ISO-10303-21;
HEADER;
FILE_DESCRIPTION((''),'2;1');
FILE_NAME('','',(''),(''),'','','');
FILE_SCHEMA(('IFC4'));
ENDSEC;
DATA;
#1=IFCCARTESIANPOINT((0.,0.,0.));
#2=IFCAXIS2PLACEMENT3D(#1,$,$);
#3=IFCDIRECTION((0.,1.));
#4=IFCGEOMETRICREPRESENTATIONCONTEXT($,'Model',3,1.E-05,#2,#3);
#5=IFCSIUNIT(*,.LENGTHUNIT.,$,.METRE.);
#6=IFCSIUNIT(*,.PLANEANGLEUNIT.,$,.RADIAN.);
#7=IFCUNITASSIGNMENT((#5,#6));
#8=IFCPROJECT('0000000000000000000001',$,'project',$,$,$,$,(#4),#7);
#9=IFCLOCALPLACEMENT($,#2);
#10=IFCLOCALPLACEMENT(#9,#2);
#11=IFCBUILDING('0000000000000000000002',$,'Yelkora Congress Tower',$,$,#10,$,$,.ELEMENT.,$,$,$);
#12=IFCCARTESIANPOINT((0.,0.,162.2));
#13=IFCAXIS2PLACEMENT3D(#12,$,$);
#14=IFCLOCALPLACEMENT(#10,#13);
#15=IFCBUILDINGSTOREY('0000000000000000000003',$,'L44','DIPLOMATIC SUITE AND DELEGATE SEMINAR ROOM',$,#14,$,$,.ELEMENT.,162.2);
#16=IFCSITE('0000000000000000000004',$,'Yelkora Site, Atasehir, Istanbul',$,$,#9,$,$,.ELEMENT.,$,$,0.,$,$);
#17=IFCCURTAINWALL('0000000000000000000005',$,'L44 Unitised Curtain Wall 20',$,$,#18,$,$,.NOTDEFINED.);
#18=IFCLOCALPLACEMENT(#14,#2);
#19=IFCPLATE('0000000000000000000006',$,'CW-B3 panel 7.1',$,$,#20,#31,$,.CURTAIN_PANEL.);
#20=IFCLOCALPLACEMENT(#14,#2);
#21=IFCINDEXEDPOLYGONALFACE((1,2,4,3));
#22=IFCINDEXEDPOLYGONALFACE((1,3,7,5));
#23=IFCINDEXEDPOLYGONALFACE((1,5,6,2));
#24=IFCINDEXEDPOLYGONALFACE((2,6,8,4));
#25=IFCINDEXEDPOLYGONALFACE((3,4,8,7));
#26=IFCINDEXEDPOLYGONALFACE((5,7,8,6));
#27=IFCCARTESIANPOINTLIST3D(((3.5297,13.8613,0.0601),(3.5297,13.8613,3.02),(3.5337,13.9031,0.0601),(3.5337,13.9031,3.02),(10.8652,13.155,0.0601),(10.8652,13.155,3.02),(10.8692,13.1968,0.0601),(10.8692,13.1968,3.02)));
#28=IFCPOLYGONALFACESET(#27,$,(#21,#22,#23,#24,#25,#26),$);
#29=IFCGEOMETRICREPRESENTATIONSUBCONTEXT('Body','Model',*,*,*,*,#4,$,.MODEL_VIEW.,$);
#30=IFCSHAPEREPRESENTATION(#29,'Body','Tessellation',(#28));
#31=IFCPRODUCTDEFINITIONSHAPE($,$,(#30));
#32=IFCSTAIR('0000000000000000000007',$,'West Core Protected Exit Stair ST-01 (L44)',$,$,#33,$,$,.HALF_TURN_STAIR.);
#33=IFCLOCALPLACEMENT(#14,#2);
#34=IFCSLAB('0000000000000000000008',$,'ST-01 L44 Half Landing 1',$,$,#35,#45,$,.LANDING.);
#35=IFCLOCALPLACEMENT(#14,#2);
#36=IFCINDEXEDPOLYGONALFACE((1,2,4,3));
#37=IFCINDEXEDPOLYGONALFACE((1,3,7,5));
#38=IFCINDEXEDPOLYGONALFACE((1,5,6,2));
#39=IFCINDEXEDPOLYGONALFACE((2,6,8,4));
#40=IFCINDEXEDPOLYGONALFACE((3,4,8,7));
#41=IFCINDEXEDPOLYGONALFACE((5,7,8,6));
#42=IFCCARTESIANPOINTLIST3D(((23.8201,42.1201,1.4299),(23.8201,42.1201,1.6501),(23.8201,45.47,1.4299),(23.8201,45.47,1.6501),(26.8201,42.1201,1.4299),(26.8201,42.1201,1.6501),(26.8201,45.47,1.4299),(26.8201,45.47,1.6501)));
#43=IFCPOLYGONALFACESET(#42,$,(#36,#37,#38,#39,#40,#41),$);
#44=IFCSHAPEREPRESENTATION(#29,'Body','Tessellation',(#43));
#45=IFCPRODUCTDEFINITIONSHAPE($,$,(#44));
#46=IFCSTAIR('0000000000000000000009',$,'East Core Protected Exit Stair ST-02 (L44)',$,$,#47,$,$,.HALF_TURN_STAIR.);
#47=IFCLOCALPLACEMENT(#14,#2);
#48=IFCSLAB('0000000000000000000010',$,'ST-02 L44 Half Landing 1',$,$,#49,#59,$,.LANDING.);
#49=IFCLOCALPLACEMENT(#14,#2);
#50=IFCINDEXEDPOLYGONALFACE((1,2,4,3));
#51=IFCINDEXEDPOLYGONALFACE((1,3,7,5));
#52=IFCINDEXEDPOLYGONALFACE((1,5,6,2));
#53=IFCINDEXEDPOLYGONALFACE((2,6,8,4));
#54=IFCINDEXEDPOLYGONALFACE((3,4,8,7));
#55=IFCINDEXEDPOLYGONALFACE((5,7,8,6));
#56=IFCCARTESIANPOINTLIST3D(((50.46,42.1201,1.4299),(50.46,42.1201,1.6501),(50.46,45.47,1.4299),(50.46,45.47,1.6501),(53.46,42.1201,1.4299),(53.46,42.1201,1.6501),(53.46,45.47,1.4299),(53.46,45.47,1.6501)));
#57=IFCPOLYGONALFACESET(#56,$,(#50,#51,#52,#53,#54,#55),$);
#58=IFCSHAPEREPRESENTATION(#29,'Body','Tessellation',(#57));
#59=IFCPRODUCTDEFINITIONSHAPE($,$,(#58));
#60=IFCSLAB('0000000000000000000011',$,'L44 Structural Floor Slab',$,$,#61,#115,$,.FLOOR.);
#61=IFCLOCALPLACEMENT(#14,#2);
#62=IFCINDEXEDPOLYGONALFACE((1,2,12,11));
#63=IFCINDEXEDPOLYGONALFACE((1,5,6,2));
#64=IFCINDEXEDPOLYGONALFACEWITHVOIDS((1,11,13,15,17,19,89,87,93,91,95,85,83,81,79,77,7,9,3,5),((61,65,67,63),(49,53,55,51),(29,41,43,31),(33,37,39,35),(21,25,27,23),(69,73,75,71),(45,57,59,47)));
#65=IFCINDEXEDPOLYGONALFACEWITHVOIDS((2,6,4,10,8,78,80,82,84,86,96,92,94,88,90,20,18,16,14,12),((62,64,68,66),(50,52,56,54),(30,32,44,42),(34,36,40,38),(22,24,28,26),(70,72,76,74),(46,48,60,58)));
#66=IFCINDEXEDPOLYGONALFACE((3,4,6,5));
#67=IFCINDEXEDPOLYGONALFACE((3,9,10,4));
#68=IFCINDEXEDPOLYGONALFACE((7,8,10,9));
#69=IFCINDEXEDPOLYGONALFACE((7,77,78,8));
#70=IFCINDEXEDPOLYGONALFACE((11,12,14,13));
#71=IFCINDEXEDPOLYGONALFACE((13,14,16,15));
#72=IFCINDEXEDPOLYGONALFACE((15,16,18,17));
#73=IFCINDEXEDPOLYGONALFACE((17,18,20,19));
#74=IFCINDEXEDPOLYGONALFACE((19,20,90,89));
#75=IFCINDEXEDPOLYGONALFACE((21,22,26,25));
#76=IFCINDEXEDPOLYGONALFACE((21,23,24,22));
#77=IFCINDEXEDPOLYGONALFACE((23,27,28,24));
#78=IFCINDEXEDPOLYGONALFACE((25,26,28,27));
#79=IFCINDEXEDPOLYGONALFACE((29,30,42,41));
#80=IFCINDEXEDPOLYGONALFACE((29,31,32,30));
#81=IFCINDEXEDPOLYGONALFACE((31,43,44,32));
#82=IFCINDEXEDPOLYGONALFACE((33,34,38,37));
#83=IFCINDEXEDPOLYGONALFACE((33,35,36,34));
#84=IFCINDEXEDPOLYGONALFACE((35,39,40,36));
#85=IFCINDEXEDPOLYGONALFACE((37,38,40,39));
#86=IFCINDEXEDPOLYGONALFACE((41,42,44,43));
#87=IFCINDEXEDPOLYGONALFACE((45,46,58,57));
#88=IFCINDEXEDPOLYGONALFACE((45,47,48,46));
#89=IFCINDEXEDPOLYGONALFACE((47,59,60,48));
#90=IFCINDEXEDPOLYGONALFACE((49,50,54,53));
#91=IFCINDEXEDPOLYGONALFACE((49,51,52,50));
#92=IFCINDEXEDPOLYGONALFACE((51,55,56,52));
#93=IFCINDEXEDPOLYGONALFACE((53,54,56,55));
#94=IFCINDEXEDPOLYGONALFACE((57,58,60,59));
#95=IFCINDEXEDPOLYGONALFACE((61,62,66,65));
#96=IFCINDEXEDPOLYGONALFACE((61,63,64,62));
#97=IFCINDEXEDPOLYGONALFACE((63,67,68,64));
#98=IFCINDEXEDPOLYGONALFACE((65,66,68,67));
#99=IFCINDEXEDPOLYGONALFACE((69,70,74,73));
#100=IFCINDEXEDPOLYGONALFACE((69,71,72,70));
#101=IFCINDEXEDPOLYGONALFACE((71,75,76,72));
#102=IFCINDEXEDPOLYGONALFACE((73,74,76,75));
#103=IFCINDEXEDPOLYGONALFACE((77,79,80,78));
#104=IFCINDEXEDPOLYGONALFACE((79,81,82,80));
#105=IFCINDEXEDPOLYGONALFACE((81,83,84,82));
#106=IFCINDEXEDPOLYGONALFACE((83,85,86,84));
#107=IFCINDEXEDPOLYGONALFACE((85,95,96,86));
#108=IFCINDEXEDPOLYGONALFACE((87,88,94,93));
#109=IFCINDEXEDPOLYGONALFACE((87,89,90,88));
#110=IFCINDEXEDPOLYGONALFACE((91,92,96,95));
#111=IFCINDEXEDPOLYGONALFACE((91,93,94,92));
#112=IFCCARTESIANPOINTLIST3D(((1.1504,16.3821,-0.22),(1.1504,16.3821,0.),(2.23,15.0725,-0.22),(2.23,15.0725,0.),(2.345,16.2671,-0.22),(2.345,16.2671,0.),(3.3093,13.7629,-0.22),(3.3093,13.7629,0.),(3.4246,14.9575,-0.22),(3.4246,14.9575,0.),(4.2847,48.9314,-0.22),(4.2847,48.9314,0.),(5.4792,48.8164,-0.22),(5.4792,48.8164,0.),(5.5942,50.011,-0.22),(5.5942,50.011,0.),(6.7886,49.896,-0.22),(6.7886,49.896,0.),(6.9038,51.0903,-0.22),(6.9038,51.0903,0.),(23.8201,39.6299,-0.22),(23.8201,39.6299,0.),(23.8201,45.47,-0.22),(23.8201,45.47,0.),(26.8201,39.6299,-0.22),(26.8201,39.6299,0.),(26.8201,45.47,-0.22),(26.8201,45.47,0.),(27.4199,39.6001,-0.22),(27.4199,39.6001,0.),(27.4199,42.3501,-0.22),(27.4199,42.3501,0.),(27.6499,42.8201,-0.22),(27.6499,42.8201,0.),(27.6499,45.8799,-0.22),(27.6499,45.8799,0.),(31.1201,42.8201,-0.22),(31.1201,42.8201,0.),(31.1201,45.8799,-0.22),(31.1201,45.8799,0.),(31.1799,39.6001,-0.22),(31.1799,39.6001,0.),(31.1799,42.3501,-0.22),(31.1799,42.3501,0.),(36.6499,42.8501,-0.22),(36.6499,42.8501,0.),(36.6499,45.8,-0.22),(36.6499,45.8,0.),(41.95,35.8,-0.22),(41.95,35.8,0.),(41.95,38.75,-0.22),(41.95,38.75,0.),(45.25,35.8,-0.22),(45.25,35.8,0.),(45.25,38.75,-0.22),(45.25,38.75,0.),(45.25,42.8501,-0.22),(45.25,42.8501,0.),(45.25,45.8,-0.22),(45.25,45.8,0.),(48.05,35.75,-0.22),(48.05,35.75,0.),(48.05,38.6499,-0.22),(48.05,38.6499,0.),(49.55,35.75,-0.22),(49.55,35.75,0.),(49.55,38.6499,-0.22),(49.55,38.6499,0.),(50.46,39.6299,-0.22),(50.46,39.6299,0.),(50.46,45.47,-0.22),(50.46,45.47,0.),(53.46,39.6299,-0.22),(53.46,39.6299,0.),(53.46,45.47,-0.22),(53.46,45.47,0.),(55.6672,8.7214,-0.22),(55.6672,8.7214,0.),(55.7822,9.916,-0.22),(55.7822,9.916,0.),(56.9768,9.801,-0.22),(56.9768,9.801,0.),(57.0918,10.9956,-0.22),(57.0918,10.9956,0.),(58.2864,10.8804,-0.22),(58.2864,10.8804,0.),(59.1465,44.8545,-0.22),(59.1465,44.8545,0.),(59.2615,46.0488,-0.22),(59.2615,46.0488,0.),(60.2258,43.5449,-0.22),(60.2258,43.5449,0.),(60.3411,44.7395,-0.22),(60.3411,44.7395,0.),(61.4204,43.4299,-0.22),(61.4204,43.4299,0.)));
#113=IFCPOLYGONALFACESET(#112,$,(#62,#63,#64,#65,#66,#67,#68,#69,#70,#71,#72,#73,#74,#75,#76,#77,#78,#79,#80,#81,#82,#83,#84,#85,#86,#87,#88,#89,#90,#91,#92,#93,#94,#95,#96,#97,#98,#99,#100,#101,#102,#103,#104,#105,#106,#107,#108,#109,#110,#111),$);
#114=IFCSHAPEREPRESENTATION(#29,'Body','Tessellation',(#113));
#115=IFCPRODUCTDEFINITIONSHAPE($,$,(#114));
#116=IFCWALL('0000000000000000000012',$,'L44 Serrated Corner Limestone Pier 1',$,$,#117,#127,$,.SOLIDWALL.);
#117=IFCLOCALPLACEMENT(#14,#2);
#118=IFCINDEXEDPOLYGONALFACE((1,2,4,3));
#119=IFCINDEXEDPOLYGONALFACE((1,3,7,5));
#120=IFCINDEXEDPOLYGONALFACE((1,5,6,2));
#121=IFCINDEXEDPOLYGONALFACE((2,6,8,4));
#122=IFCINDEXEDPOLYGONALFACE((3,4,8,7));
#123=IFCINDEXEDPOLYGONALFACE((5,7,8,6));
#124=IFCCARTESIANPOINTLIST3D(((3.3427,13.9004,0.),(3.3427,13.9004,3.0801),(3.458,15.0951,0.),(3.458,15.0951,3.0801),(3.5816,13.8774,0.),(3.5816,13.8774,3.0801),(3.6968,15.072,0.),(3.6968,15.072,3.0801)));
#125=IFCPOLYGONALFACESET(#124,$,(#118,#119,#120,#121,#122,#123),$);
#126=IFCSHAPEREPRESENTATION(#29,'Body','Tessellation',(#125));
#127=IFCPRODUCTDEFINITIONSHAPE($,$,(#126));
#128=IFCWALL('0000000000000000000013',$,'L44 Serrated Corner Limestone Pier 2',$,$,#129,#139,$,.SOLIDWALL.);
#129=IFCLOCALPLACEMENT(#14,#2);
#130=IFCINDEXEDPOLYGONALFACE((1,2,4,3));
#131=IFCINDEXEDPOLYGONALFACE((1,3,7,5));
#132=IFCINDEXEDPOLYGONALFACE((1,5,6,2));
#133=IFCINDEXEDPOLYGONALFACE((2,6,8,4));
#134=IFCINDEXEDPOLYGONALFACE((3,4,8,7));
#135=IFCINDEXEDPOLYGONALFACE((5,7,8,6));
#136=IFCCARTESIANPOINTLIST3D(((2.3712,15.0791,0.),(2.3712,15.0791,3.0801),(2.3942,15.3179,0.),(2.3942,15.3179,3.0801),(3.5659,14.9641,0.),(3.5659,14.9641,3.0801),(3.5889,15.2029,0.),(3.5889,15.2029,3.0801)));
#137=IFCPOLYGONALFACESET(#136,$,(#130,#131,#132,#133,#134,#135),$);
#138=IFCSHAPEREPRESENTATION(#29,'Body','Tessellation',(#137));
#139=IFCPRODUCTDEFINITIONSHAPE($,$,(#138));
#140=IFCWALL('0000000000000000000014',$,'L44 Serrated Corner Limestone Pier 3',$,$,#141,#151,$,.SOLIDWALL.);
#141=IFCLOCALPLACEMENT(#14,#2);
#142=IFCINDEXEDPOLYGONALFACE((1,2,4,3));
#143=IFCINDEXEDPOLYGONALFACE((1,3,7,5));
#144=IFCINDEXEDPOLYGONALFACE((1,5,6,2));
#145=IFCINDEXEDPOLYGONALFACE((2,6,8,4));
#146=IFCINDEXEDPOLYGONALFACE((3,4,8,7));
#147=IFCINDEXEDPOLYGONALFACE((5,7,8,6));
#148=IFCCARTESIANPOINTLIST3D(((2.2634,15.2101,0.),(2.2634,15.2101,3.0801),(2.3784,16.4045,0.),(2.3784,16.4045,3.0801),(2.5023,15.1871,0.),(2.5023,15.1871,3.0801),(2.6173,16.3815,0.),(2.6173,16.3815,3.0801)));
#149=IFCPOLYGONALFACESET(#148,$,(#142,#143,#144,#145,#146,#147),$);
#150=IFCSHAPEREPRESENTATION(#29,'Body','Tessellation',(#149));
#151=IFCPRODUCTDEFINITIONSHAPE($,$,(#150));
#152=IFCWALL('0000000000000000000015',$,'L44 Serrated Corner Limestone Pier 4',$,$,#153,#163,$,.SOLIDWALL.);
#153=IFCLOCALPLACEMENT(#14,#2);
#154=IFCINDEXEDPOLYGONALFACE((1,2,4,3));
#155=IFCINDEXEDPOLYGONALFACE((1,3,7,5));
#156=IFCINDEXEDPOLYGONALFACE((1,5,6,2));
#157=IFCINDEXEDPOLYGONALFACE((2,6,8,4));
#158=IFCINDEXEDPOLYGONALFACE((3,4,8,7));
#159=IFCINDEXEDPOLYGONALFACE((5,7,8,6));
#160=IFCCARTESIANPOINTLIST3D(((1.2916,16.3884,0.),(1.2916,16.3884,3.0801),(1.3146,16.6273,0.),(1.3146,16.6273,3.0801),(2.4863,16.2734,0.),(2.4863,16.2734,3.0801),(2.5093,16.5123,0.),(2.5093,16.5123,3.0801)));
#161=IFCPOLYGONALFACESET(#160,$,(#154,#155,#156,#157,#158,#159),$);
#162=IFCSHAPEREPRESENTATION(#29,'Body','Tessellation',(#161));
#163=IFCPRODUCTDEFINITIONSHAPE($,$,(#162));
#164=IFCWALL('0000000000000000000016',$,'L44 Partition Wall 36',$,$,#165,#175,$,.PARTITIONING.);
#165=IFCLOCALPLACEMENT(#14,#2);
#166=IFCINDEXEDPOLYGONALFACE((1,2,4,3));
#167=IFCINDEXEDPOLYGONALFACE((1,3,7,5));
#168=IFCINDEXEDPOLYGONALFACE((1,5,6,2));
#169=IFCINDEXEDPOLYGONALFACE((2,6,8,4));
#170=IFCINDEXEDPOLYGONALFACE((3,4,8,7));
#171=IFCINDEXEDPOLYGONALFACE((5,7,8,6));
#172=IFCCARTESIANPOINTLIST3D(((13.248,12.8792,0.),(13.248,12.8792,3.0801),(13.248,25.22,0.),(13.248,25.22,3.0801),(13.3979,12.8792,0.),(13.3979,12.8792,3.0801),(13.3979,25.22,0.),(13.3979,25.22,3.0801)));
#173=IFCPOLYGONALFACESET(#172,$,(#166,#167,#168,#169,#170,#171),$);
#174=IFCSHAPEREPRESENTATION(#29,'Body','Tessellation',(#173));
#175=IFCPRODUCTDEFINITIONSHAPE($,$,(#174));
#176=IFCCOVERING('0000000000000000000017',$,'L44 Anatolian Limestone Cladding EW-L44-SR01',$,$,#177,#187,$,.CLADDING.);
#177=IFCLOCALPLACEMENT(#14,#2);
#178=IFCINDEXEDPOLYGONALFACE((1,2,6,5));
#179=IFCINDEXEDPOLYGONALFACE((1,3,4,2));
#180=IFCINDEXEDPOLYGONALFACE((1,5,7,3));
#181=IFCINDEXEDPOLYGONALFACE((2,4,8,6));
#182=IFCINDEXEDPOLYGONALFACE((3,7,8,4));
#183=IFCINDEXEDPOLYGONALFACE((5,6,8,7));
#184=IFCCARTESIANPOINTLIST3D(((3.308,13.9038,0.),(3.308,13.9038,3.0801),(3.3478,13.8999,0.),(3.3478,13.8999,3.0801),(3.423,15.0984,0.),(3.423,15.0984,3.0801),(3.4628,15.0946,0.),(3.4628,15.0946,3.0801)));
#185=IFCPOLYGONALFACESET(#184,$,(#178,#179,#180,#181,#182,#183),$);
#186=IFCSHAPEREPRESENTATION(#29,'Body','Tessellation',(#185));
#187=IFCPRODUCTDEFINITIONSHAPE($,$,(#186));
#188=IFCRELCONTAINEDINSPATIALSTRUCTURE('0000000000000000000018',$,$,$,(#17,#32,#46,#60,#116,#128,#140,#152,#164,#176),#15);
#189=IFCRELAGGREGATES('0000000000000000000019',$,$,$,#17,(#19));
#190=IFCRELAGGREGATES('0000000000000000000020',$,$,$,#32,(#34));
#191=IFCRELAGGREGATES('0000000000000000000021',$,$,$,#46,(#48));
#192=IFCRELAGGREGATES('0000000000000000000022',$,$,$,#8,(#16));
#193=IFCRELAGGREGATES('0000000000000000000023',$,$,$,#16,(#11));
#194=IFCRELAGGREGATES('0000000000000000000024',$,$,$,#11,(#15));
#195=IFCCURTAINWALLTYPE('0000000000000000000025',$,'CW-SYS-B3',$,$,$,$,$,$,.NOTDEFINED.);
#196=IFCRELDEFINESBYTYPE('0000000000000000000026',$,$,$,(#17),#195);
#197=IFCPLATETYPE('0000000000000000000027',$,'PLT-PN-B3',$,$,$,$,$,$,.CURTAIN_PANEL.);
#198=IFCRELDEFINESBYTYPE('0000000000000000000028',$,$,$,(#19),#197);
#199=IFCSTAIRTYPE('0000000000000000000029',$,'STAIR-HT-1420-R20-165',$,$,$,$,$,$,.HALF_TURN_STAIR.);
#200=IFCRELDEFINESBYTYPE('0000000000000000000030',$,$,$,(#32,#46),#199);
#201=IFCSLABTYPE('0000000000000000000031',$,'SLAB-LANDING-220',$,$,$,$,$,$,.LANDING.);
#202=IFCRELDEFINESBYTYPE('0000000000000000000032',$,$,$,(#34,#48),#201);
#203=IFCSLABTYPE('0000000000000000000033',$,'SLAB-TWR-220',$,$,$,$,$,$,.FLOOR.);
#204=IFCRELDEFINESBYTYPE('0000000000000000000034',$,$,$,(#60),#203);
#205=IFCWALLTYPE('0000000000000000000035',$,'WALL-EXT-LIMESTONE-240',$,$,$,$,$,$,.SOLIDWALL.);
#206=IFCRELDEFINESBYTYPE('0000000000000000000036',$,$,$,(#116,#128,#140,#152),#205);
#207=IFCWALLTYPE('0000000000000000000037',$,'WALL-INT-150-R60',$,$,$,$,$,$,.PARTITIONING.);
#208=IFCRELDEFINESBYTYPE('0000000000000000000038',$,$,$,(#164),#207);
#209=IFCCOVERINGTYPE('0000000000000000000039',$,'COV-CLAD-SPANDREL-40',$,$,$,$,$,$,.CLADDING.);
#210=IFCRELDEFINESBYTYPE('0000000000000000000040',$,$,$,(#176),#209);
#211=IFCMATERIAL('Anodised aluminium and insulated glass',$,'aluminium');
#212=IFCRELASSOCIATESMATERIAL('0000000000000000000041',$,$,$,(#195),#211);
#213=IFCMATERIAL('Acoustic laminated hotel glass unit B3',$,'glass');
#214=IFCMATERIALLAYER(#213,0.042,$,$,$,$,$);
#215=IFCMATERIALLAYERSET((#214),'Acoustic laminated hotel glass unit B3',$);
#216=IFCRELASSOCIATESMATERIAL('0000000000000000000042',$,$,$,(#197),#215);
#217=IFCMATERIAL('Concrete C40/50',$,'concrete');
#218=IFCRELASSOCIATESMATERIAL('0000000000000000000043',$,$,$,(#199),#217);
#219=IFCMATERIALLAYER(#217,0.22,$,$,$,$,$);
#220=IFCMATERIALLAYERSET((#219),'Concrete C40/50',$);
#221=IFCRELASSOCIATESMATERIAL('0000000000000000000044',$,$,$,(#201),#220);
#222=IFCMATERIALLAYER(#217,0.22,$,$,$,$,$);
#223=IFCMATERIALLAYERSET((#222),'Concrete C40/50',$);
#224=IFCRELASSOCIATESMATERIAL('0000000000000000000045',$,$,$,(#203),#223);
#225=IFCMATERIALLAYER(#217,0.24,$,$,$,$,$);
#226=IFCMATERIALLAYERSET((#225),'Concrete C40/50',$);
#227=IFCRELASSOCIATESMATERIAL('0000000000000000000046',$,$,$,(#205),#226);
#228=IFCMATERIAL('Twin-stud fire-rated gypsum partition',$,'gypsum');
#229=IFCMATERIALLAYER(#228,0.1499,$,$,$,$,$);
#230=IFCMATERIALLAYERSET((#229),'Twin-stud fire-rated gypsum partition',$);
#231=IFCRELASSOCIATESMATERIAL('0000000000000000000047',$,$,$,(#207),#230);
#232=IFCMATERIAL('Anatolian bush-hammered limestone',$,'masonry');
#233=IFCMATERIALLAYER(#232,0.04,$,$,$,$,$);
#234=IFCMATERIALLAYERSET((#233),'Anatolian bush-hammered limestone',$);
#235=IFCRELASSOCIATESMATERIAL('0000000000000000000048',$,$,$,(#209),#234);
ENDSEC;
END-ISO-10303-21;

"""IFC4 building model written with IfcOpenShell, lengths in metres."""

from ifc_helpers import new_model, si_unit, direction, frame, frame_2d, origin, origin_2d, place, context, subcontext, project, spatial, polyline, rectangle, outline, extrude, material, layer, layer_set, type_object, element, aggregate, save


model = new_model("IFC4")

# Units and contexts
model_context = context("Model", 3, precision=1e-05, world=origin(), true_north=direction((0.0, 1.0)))
body_context = subcontext(model_context, "Body", "Model", "MODEL_VIEW")
ifc_project = project(units=[si_unit("LENGTHUNIT", "METRE"), si_unit("PLANEANGLEUNIT", "RADIAN")], contexts=[model_context])

# Site, building, storey
site_placement = place(None, origin())
site = spatial("IfcSite", under=ifc_project, at=site_placement, Name="Yelkora Site, Atasehir, Istanbul", CompositionType="ELEMENT", RefElevation=0.0)
building_placement = place(site_placement, origin())
building = spatial("IfcBuilding", under=site, at=building_placement, Name="Yelkora Congress Tower", CompositionType="ELEMENT")
storey_placement = place(building_placement, frame((0.0, 0.0, 162.2)))
storey = spatial("IfcBuildingStorey", under=building, at=storey_placement, Name="L44", Description="DIPLOMATIC SUITE AND DELEGATE SEMINAR ROOM", CompositionType="ELEMENT", Elevation=162.2)

# Curtain wall, plate
ifc_material_1 = material(Name="Anodised aluminium and insulated glass", Category="aluminium")
curtain_wall_type = type_object("IfcCurtainWallType", Name="CW-SYS-B3", PredefinedType="NOTDEFINED", material=ifc_material_1)
curtain_wall_placement = place(storey_placement, origin())
curtain_wall = element("IfcCurtainWall", 1, at=curtain_wall_placement, inside=storey, type_object=curtain_wall_type, Name="L44 Unitised Curtain Wall 20", PredefinedType="NOTDEFINED")
ifc_material_2 = material(Name="Acoustic laminated hotel glass unit B3", Category="glass")
ifc_layer_1 = layer(ifc_material_2, 0.042)
ifc_layer_set_1 = layer_set([ifc_layer_1], Name="Acoustic laminated hotel glass unit B3")
plate_type = type_object("IfcPlateType", Name="PLT-PN-B3", PredefinedType="CURTAIN_PANEL", material=ifc_layer_set_1)
plate_1_placement = place(storey_placement, frame((7.1995, 13.5291, 0.0601), z_axis=(0.0, 0.0, 1.0), x_axis=(-0.995396, 0.095845, 0.0)))
plate_1 = element("IfcPlate", 2, at=plate_1_placement, type_object=plate_type, Name="CW-B3 panel 7.1", PredefinedType="CURTAIN_PANEL", context=body_context, shape_type="SweptSolid", body=[
    extrude(rectangle(XDim=7.3694, YDim=0.042, at=origin_2d()), origin(), (0.0, 0.0, 1.0), 2.96),
])
aggregate(curtain_wall, [plate_1])

# Stairs, slabs
ifc_material_3 = material(Name="Concrete C40/50", Category="concrete")
stair_type = type_object("IfcStairType", Name="STAIR-HT-1420-R20-165", PredefinedType="HALF_TURN_STAIR", material=ifc_material_3)
stair_1_placement = place(storey_placement, origin())
stair_1 = element("IfcStair", 3, at=stair_1_placement, inside=storey, type_object=stair_type, Name="West Core Protected Exit Stair ST-01 (L44)", PredefinedType="HALF_TURN_STAIR")
ifc_layer_2 = layer(ifc_material_3, 0.22)
ifc_layer_set_2 = layer_set([ifc_layer_2], Name="Concrete C40/50")
slab_type_1 = type_object("IfcSlabType", Name="SLAB-LANDING-220", PredefinedType="LANDING", material=ifc_layer_set_2)
slab_1_placement = place(storey_placement, frame((0.0, 0.0, 1.4299)))
slab_1 = element("IfcSlab", 4, at=slab_1_placement, type_object=slab_type_1, Name="ST-01 L44 Half Landing 1", PredefinedType="LANDING", context=body_context, shape_type="SweptSolid", body=[
    extrude(outline(polyline([(26.8201, 42.1201), (26.8201, 45.47), (23.8201, 45.47), (23.8201, 42.1201), (26.8201, 42.1201)])), origin(), (0.0, 0.0, 1.0), 0.2202),
])
aggregate(stair_1, [slab_1])
stair_2_placement = place(storey_placement, origin())
stair_2 = element("IfcStair", 5, at=stair_2_placement, inside=storey, type_object=stair_type, Name="East Core Protected Exit Stair ST-02 (L44)", PredefinedType="HALF_TURN_STAIR")
slab_2_placement = place(storey_placement, frame((0.0, 0.0, 1.4299)))
slab_2 = element("IfcSlab", 6, at=slab_2_placement, type_object=slab_type_1, Name="ST-02 L44 Half Landing 1", PredefinedType="LANDING", context=body_context, shape_type="SweptSolid", body=[
    extrude(outline(polyline([(53.46, 42.1201), (53.46, 45.47), (50.46, 45.47), (50.46, 42.1201), (53.46, 42.1201)])), origin(), (0.0, 0.0, 1.0), 0.2202),
])
aggregate(stair_2, [slab_2])

# Slab
ifc_layer_3 = layer(ifc_material_3, 0.22)
ifc_layer_set_3 = layer_set([ifc_layer_3], Name="Concrete C40/50")
slab_type_2 = type_object("IfcSlabType", Name="SLAB-TWR-220", PredefinedType="FLOOR", material=ifc_layer_set_3)
slab_3_placement = place(storey_placement, frame((0.0, 0.0, -0.22)))
element("IfcSlab", 7, at=slab_3_placement, inside=storey, type_object=slab_type_2, Name="L44 Structural Floor Slab", PredefinedType="FLOOR", context=body_context, shape_type="SweptSolid", body=[
    extrude(outline(polyline([(3.3093, 13.7629), (55.6672, 8.7214), (55.7822, 9.916), (56.9768, 9.801), (57.0918, 10.9956), (58.2864, 10.8804), (61.4204, 43.4299), (60.2258, 43.5449), (60.3411, 44.7395), (59.1465, 44.8545), (59.2615, 46.0488), (6.9038, 51.0903), (6.7886, 49.896), (5.5942, 50.011), (5.4792, 48.8164), (4.2847, 48.9314), (1.1504, 16.3821), (2.345, 16.2671), (2.23, 15.0725), (3.4246, 14.9575), (3.3093, 13.7629)]), holes=[polyline([(23.8201, 39.6299), (26.8201, 39.6299), (26.8201, 45.47), (23.8201, 45.47), (23.8201, 39.6299)]), polyline([(50.46, 39.6299), (53.46, 39.6299), (53.46, 45.47), (50.46, 45.47), (50.46, 39.6299)]), polyline([(48.05, 35.75), (49.55, 35.75), (49.55, 38.6499), (48.05, 38.6499), (48.05, 35.75)]), polyline([(36.6499, 42.8501), (45.25, 42.8501), (45.25, 45.8), (36.6499, 45.8), (36.6499, 42.8501)]), polyline([(41.95, 35.8), (45.25, 35.8), (45.25, 38.75), (41.95, 38.75), (41.95, 35.8)]), polyline([(27.4199, 39.6001), (31.1799, 39.6001), (31.1799, 42.3501), (27.4199, 42.3501), (27.4199, 39.6001)]), polyline([(27.6499, 42.8201), (31.1201, 42.8201), (31.1201, 45.8799), (27.6499, 45.8799), (27.6499, 42.8201)])]), origin(), (0.0, 0.0, 1.0), 0.22),
])

# Walls
ifc_layer_4 = layer(ifc_material_3, 0.24)
ifc_layer_set_4 = layer_set([ifc_layer_4], Name="Concrete C40/50")
wall_type_1 = type_object("IfcWallType", Name="WALL-EXT-LIMESTONE-240", PredefinedType="SOLIDWALL", material=ifc_layer_set_4)
for number, where, z_axis, x_axis, name in (
    (8, (3.4622, 13.8889, 0.0), (0.0, 0.0, 1.0), (0.096019, 0.99538, 0.0), "L44 Serrated Corner Limestone Pier 1"),
    (9, (3.5774, 15.0835, 0.0), (0.0, 0.0, 1.0), (-0.995399, 0.095817, 0.0), "L44 Serrated Corner Limestone Pier 2"),
):
    element("IfcWall", number, at=place(storey_placement, frame(where, z_axis=z_axis, x_axis=x_axis)), inside=storey, type_object=wall_type_1, Name=name, PredefinedType="SOLIDWALL", context=body_context, shape_type="SweptSolid", body=[
        extrude(rectangle(XDim=1.2002, YDim=0.24, at=frame_2d((0.6001, 0.0))), origin(), (0.0, 0.0, 1.0), 3.0801),
    ])
wall_1_placement = place(storey_placement, frame((2.3828, 15.1985, 0.0), z_axis=(0.0, 0.0, 1.0), x_axis=(0.095836, 0.995397, 0.0)))
element("IfcWall", 10, at=wall_1_placement, inside=storey, type_object=wall_type_1, Name="L44 Serrated Corner Limestone Pier 3", PredefinedType="SOLIDWALL", context=body_context, shape_type="SweptSolid", body=[
    extrude(rectangle(XDim=1.2, YDim=0.24, at=frame_2d((0.6001, 0.0))), origin(), (0.0, 0.0, 1.0), 3.0801),
])
wall_2_placement = place(storey_placement, frame((2.4978, 16.3928, 0.0), z_axis=(0.0, 0.0, 1.0), x_axis=(-0.995399, 0.095817, 0.0)))
element("IfcWall", 11, at=wall_2_placement, inside=storey, type_object=wall_type_1, Name="L44 Serrated Corner Limestone Pier 4", PredefinedType="SOLIDWALL", context=body_context, shape_type="SweptSolid", body=[
    extrude(rectangle(XDim=1.2002, YDim=0.24, at=frame_2d((0.6001, 0.0))), origin(), (0.0, 0.0, 1.0), 3.0801),
])
ifc_material_4 = material(Name="Twin-stud fire-rated gypsum partition", Category="gypsum")
ifc_layer_5 = layer(ifc_material_4, 0.1499)
ifc_layer_set_5 = layer_set([ifc_layer_5], Name="Twin-stud fire-rated gypsum partition")
wall_type_2 = type_object("IfcWallType", Name="WALL-INT-150-R60", PredefinedType="PARTITIONING", material=ifc_layer_set_5)
wall_3_placement = place(storey_placement, frame((13.323, 12.8792, 0.0), z_axis=(0.0, 0.0, 1.0), x_axis=(0.0, 1.0, 0.0)))
element("IfcWall", 12, at=wall_3_placement, inside=storey, type_object=wall_type_2, Name="L44 Partition Wall 36", PredefinedType="PARTITIONING", context=body_context, shape_type="SweptSolid", body=[
    extrude(rectangle(XDim=12.3408, YDim=0.1499, at=frame_2d((6.1704, 0.0))), origin(), (0.0, 0.0, 1.0), 3.0801),
])

# Covering
ifc_material_5 = material(Name="Anatolian bush-hammered limestone", Category="masonry")
ifc_layer_6 = layer(ifc_material_5, 0.04)
ifc_layer_set_6 = layer_set([ifc_layer_6], Name="Anatolian bush-hammered limestone")
covering_type = type_object("IfcCoveringType", Name="COV-CLAD-SPANDREL-40", PredefinedType="CLADDING", material=ifc_layer_set_6)
covering_1_placement = place(storey_placement, frame((3.3279, 13.9019, 0.0), z_axis=(0.0, 0.0, 1.0), x_axis=(0.095817, 0.995399, 0.0)))
element("IfcCovering", 13, at=covering_1_placement, inside=storey, type_object=covering_type, Name="L44 Anatolian Limestone Cladding EW-L44-SR01", PredefinedType="CLADDING", context=body_context, shape_type="SweptSolid", body=[
    extrude(rectangle(XDim=1.2002, YDim=0.04, at=frame_2d((0.6001, 0.0))), origin(), (0.0, 0.0, 1.0), 3.0801),
])

save(model, "model.ifc")
